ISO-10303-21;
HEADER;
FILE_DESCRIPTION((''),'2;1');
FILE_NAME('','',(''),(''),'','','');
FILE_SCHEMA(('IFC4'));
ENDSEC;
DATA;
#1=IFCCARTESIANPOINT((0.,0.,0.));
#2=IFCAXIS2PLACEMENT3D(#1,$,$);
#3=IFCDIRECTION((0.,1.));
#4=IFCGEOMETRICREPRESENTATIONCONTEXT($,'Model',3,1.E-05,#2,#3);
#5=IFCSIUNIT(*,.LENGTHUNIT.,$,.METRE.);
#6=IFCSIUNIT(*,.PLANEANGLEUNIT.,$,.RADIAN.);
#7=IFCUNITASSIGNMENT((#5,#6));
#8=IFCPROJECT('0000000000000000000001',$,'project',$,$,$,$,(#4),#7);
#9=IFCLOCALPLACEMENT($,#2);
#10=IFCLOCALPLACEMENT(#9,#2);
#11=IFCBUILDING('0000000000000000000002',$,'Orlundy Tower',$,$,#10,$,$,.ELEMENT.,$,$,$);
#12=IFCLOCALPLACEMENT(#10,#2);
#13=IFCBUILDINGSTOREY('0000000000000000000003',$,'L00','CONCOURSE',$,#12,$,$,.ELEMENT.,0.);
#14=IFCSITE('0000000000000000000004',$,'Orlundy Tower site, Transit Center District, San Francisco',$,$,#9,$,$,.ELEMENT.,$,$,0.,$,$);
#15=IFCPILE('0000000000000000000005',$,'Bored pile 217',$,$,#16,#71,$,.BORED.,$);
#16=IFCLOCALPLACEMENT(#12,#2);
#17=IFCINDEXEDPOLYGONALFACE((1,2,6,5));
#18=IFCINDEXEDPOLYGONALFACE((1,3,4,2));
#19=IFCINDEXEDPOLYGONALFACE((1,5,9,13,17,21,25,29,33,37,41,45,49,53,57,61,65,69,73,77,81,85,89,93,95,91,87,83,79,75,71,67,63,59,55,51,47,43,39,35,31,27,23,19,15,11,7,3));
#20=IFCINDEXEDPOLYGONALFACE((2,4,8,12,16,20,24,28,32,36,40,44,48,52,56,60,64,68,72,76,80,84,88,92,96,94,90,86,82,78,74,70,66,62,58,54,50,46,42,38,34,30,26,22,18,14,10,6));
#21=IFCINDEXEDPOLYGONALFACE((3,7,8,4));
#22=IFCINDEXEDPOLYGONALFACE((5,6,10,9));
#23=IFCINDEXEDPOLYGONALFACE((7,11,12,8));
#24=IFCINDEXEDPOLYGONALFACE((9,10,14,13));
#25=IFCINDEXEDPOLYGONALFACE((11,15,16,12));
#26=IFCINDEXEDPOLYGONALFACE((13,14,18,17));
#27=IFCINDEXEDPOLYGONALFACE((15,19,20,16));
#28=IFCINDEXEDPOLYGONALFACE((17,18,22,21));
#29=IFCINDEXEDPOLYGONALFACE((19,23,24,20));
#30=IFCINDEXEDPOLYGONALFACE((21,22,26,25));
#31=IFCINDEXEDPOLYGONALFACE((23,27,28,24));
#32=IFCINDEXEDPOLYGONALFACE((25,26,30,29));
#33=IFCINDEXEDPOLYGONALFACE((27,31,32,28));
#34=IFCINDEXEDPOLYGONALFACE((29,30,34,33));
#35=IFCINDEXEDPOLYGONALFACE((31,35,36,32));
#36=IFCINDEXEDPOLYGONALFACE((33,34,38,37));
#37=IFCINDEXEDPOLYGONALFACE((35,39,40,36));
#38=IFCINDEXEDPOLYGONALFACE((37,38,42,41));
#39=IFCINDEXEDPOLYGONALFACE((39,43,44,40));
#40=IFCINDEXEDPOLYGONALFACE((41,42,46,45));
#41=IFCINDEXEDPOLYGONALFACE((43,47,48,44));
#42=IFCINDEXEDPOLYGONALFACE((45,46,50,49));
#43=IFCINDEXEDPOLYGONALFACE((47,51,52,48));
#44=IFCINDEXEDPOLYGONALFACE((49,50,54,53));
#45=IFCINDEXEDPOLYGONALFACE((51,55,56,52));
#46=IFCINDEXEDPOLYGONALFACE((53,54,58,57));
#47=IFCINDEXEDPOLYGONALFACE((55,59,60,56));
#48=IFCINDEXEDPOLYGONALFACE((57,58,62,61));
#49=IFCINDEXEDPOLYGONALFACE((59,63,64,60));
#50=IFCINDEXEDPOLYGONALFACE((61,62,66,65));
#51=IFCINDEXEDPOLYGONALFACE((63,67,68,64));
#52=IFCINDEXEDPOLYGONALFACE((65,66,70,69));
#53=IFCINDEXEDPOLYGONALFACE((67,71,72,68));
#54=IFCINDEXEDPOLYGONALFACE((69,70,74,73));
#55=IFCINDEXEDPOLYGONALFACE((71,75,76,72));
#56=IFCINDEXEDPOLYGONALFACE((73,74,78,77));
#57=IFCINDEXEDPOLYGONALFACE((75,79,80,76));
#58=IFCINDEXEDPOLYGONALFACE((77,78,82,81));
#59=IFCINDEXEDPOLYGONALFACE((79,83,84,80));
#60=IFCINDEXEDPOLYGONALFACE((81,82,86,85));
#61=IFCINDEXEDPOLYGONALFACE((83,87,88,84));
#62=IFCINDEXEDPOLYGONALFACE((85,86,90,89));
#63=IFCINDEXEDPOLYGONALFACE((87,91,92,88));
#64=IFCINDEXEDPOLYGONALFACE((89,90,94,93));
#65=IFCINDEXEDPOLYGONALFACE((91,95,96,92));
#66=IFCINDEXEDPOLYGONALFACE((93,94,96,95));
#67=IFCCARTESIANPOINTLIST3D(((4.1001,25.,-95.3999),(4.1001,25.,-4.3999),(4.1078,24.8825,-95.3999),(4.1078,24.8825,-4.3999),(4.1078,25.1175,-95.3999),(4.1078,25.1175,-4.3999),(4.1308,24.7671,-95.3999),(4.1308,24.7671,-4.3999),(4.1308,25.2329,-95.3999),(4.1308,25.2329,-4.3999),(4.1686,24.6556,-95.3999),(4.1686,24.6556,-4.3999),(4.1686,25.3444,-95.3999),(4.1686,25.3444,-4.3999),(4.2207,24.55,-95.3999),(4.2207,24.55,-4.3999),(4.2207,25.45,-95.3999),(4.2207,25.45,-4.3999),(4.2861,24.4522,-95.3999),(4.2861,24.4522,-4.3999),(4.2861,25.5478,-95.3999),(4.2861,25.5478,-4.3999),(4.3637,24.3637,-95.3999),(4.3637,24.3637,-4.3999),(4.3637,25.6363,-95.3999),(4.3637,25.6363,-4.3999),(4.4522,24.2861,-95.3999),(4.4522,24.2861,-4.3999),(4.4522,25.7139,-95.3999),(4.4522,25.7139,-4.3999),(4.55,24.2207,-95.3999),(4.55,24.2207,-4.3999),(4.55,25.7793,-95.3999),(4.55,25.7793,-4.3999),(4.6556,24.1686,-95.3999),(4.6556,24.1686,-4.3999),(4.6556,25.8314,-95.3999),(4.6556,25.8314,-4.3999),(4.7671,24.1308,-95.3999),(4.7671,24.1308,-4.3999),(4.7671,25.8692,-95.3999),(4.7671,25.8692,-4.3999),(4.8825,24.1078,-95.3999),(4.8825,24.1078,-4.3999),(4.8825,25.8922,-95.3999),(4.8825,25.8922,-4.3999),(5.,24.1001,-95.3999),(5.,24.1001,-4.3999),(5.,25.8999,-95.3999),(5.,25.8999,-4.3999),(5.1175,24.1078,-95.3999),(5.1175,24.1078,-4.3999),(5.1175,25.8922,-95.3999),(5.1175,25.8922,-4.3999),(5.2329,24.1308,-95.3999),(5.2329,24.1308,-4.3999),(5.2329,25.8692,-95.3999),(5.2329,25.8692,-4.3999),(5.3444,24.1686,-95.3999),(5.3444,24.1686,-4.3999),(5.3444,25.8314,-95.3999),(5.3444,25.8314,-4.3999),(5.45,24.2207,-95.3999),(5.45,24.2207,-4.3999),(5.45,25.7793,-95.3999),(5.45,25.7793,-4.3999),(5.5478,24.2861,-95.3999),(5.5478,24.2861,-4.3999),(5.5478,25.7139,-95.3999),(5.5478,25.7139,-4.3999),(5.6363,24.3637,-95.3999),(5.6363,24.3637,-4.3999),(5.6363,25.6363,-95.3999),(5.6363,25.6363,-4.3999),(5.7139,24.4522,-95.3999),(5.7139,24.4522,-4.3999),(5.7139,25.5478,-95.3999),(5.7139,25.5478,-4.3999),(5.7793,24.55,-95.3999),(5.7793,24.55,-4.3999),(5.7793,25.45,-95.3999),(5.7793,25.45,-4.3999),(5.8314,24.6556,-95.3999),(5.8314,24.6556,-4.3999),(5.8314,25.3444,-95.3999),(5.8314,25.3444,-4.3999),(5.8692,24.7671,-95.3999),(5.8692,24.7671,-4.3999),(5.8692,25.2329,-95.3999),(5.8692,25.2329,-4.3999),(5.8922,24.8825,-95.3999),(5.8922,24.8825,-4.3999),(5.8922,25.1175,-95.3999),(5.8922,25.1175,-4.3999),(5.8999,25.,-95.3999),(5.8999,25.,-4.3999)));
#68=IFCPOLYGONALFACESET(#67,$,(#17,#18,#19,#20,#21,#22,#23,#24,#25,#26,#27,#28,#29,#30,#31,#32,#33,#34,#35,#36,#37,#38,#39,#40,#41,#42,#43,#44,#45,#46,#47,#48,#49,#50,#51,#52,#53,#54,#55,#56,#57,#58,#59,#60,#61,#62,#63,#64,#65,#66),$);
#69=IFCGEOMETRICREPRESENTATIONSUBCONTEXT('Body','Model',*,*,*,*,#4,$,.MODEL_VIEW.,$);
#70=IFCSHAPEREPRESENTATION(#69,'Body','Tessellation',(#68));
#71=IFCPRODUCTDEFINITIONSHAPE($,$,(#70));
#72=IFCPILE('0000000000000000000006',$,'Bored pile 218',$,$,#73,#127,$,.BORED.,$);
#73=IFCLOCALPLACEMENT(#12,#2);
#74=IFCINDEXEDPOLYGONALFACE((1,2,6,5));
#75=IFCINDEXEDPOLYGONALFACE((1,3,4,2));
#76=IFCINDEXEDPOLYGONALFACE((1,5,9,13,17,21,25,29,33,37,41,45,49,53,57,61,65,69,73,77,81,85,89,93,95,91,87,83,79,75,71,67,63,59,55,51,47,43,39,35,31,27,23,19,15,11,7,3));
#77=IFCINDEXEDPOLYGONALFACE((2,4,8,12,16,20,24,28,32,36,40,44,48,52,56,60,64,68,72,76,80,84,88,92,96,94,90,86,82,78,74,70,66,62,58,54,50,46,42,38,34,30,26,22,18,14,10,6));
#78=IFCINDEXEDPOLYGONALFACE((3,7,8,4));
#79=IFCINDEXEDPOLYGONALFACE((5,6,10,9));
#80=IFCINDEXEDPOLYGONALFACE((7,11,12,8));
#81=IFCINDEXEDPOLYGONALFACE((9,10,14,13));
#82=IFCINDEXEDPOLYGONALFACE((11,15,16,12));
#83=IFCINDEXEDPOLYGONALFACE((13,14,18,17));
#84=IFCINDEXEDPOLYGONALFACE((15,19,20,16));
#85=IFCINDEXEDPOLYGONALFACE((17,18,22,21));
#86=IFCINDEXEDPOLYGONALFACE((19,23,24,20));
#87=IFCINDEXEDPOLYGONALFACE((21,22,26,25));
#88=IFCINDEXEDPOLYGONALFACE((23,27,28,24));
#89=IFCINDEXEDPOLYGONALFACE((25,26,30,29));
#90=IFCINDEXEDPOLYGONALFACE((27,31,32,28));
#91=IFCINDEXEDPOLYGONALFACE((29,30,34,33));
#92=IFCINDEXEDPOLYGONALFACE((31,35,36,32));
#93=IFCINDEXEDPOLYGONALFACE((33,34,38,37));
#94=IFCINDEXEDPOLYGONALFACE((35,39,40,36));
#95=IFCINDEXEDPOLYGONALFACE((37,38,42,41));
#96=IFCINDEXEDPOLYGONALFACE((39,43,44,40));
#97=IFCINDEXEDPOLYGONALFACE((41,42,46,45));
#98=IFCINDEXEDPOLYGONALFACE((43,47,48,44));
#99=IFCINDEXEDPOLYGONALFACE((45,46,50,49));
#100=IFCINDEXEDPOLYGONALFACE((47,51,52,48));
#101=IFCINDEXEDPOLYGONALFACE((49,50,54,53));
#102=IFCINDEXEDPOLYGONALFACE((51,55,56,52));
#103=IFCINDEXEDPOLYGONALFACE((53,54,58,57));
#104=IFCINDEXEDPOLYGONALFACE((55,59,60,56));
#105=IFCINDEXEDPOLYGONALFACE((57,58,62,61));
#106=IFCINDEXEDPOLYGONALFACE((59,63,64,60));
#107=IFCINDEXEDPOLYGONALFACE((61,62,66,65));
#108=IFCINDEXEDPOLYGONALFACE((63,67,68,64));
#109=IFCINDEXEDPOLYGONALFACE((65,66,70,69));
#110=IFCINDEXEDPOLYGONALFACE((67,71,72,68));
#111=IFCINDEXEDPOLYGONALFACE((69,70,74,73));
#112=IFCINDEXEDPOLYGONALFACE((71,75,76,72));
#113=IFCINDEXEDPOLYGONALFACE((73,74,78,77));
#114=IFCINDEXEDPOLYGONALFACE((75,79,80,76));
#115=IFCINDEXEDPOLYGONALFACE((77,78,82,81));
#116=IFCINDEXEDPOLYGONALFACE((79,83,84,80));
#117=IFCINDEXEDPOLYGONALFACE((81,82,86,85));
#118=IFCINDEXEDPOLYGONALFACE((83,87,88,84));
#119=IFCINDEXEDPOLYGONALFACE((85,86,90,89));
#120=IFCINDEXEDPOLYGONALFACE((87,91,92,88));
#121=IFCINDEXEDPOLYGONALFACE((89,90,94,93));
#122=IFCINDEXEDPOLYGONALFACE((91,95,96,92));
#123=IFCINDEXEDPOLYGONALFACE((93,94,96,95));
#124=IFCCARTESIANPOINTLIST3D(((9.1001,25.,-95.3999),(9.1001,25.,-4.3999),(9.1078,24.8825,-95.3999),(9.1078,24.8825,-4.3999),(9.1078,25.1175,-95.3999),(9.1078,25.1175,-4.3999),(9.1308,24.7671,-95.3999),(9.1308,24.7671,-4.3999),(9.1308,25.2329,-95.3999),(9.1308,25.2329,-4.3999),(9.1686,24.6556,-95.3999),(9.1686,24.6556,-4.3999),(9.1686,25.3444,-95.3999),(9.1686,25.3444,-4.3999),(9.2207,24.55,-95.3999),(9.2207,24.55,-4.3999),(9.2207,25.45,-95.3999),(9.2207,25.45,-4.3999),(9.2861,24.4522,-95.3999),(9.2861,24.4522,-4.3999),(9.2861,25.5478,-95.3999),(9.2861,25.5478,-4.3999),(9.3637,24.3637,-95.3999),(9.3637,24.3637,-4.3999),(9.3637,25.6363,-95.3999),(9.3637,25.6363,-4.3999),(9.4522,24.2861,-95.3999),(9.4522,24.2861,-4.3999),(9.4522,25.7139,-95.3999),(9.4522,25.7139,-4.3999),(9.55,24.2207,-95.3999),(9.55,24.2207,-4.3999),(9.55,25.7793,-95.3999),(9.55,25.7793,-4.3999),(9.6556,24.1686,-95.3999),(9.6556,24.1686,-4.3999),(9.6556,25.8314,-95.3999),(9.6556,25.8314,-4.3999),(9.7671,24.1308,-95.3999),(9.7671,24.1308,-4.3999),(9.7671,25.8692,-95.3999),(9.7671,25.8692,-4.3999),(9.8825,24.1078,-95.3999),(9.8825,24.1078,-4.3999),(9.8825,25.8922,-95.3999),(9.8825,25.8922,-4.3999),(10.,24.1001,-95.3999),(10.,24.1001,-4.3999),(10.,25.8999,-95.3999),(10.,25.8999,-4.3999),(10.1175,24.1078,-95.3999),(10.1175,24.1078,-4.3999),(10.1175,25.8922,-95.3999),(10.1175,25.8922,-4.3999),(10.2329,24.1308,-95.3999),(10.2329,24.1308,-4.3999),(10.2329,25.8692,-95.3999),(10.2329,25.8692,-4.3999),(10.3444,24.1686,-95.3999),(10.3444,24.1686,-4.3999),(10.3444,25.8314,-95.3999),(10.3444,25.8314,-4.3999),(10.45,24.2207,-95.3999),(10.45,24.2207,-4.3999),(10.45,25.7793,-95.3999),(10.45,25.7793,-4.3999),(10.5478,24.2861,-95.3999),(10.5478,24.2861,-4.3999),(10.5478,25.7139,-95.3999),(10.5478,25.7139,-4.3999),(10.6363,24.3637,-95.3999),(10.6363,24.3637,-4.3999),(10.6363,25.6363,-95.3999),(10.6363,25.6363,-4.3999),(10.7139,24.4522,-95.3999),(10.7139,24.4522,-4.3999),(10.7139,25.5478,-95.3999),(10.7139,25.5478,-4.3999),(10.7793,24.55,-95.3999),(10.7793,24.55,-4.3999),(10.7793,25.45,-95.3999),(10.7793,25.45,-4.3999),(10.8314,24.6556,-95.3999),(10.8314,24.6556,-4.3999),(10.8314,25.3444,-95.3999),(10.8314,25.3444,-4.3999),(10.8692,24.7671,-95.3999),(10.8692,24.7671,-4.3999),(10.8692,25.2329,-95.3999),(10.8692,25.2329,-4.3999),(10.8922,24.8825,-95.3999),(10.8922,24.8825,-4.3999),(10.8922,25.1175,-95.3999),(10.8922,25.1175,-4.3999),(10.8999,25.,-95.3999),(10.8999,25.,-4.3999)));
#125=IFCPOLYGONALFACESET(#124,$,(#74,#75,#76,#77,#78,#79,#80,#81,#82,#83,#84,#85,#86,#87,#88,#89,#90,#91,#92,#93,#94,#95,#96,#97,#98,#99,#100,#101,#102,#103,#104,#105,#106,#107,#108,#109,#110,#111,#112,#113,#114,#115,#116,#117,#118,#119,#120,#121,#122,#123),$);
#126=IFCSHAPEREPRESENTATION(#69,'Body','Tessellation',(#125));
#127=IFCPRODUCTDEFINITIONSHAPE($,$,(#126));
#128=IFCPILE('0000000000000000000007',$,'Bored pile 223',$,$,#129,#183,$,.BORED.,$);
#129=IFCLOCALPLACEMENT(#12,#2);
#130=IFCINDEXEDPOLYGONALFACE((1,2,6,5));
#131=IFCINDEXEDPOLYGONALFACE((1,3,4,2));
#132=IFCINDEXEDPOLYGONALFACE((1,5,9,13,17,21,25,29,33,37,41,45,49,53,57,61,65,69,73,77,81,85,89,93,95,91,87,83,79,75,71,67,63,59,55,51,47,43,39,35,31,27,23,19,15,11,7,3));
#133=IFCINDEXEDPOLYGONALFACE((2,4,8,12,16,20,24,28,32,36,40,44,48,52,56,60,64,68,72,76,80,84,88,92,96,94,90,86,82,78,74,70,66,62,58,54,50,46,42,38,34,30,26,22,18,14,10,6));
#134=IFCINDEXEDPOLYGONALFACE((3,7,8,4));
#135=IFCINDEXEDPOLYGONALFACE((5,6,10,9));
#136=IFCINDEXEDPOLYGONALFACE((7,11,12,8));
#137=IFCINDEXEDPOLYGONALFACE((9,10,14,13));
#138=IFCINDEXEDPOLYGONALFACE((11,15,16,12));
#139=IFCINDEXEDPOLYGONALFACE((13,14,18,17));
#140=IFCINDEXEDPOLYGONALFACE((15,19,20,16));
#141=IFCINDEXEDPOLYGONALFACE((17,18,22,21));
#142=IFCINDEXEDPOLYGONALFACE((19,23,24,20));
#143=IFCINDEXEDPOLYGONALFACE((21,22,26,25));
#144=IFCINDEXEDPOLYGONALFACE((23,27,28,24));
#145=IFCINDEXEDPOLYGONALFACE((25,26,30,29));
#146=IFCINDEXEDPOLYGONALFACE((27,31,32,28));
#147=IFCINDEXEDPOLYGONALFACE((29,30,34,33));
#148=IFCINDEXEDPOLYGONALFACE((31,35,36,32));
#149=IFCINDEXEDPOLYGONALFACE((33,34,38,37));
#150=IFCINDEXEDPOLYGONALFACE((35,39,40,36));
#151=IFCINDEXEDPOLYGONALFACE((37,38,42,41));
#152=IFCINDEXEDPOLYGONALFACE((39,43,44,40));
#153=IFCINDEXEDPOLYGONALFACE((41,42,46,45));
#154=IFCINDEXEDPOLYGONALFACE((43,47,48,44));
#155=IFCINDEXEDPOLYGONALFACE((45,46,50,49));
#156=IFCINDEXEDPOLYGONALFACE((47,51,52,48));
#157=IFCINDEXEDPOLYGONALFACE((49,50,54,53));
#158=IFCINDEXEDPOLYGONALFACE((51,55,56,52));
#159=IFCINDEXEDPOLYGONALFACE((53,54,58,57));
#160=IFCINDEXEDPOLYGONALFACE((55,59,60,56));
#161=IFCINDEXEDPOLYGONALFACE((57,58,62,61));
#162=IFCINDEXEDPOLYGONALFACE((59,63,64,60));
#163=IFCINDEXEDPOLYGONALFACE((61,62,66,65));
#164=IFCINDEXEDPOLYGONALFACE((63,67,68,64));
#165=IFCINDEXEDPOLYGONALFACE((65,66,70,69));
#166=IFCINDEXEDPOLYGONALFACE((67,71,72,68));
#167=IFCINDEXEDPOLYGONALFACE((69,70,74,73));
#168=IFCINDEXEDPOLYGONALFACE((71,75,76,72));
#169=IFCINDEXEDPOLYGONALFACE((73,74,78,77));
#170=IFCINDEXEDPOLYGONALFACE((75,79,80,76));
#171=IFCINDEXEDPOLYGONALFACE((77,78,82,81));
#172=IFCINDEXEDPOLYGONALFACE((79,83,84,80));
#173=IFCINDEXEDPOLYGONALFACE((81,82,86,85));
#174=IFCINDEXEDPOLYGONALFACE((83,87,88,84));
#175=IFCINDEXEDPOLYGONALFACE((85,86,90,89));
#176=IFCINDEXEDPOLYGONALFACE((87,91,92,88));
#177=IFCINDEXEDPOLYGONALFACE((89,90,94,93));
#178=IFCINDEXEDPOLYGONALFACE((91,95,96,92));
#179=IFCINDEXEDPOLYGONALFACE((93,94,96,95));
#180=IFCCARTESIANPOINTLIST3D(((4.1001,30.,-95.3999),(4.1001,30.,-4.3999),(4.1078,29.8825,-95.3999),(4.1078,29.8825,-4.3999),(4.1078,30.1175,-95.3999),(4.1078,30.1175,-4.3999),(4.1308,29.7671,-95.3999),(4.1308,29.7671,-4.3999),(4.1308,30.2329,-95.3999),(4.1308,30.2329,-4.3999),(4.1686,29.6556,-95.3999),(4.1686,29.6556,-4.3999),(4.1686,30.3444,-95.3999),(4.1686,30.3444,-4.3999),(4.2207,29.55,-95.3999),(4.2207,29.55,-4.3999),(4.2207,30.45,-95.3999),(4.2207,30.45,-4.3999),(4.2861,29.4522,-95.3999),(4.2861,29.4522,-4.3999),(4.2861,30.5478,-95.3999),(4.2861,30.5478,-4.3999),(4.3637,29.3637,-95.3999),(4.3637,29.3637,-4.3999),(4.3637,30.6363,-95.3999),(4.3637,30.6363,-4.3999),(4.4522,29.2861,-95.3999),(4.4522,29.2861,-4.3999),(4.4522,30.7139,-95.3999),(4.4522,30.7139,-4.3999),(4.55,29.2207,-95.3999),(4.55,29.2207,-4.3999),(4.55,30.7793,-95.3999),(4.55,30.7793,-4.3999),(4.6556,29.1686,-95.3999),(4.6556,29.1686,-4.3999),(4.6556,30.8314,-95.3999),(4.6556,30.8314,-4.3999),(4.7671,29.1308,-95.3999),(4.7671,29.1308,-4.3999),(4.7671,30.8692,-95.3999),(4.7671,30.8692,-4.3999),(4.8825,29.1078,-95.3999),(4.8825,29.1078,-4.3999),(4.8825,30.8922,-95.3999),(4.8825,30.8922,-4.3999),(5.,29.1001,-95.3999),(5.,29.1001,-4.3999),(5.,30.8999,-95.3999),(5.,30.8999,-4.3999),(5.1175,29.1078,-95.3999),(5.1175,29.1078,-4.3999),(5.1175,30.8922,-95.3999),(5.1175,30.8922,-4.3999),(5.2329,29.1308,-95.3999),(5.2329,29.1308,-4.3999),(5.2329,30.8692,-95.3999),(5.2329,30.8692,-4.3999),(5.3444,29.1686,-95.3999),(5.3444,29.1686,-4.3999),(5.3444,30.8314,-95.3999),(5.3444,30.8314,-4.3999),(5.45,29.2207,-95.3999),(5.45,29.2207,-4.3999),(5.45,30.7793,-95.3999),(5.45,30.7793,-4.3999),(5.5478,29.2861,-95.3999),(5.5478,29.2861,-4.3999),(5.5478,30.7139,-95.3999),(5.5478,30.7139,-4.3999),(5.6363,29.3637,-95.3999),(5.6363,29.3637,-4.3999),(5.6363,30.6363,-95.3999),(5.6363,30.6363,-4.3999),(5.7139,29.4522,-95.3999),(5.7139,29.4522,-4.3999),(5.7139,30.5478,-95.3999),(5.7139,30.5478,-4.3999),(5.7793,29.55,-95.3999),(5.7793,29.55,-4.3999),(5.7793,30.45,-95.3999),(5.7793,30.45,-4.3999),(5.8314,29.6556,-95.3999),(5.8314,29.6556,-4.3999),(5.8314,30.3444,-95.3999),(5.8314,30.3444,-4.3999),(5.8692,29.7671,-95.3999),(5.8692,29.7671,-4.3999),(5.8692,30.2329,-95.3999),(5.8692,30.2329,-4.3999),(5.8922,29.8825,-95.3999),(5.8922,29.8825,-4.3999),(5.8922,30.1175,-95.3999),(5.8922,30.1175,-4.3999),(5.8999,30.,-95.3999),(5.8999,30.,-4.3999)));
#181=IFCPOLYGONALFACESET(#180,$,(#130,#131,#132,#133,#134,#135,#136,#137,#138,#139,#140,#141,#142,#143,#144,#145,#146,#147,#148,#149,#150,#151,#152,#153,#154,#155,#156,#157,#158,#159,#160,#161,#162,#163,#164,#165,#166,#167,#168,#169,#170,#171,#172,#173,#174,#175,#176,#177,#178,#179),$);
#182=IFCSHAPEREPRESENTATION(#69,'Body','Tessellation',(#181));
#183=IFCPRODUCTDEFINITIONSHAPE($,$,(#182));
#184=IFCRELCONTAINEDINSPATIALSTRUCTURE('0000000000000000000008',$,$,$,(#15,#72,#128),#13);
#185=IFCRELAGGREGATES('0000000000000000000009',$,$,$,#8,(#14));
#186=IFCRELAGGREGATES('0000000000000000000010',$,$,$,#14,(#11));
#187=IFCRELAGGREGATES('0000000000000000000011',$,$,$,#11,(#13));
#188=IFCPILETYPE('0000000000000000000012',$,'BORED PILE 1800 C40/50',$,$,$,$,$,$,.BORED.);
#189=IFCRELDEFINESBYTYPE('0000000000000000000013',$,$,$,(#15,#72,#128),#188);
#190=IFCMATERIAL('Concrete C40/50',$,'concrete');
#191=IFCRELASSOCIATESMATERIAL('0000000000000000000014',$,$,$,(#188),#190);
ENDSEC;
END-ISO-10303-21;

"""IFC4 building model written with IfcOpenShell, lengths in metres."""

from ifc_helpers import new_model, si_unit, direction, frame, origin, origin_2d, place, context, subcontext, project, spatial, circle, extrude, material, material_profile, profile_set, type_object, element, save


model = new_model("IFC4")

# Units and contexts
model_context = context("Model", 3, precision=1e-05, world=origin(), true_north=direction((0.0, 1.0)))
body_context = subcontext(model_context, "Body", "Model", "MODEL_VIEW")
ifc_project = project(units=[si_unit("LENGTHUNIT", "METRE"), si_unit("PLANEANGLEUNIT", "RADIAN")], contexts=[model_context])

# Site, building, storey
site_placement = place(None, origin())
site = spatial("IfcSite", under=ifc_project, at=site_placement, Name="Orlundy Tower site, Transit Center District, San Francisco", CompositionType="ELEMENT", RefElevation=0.0)
building_placement = place(site_placement, origin())
building = spatial("IfcBuilding", under=site, at=building_placement, Name="Orlundy Tower", CompositionType="ELEMENT")
storey_placement = place(building_placement, origin())
storey = spatial("IfcBuildingStorey", under=building, at=storey_placement, Name="L00", Description="CONCOURSE", CompositionType="ELEMENT", Elevation=0.0)

# Piles
ifc_material_1 = material(Name="Concrete C40/50", Category="concrete")
ifc_material_profile_1 = material_profile(ifc_material_1, circle(Radius=0.8999, at=origin_2d()), Name="BP1800")
ifc_profile_set_1 = profile_set([ifc_material_profile_1], Name="Concrete C40/50")
pile_type = type_object("IfcPileType", Name="BORED PILE 1800 C40/50", PredefinedType="BORED", material=ifc_profile_set_1)
for number, where, z_axis, x_axis, name in (
    (1, (5.0, 25.0, -4.3999), (0.0, 0.0, -1.0), (1.0, 0.0, 0.0), "Bored pile 217"),
    (2, (10.0, 25.0, -4.3999), (0.0, 0.0, -1.0), (1.0, 0.0, 0.0), "Bored pile 218"),
    (3, (5.0, 30.0, -4.3999), (0.0, 0.0, -1.0), (1.0, 0.0, 0.0), "Bored pile 223"),
):
    element("IfcPile", number, at=place(storey_placement, frame(where, z_axis=z_axis, x_axis=x_axis)), inside=storey, type_object=pile_type, Name=name, PredefinedType="BORED", context=body_context, shape_type="SweptSolid", body=[
        extrude(circle(Radius=0.8999, at=origin_2d()), origin(), (0.0, 0.0, 1.0), 91.0),
    ])

save(model, "model.ifc")
